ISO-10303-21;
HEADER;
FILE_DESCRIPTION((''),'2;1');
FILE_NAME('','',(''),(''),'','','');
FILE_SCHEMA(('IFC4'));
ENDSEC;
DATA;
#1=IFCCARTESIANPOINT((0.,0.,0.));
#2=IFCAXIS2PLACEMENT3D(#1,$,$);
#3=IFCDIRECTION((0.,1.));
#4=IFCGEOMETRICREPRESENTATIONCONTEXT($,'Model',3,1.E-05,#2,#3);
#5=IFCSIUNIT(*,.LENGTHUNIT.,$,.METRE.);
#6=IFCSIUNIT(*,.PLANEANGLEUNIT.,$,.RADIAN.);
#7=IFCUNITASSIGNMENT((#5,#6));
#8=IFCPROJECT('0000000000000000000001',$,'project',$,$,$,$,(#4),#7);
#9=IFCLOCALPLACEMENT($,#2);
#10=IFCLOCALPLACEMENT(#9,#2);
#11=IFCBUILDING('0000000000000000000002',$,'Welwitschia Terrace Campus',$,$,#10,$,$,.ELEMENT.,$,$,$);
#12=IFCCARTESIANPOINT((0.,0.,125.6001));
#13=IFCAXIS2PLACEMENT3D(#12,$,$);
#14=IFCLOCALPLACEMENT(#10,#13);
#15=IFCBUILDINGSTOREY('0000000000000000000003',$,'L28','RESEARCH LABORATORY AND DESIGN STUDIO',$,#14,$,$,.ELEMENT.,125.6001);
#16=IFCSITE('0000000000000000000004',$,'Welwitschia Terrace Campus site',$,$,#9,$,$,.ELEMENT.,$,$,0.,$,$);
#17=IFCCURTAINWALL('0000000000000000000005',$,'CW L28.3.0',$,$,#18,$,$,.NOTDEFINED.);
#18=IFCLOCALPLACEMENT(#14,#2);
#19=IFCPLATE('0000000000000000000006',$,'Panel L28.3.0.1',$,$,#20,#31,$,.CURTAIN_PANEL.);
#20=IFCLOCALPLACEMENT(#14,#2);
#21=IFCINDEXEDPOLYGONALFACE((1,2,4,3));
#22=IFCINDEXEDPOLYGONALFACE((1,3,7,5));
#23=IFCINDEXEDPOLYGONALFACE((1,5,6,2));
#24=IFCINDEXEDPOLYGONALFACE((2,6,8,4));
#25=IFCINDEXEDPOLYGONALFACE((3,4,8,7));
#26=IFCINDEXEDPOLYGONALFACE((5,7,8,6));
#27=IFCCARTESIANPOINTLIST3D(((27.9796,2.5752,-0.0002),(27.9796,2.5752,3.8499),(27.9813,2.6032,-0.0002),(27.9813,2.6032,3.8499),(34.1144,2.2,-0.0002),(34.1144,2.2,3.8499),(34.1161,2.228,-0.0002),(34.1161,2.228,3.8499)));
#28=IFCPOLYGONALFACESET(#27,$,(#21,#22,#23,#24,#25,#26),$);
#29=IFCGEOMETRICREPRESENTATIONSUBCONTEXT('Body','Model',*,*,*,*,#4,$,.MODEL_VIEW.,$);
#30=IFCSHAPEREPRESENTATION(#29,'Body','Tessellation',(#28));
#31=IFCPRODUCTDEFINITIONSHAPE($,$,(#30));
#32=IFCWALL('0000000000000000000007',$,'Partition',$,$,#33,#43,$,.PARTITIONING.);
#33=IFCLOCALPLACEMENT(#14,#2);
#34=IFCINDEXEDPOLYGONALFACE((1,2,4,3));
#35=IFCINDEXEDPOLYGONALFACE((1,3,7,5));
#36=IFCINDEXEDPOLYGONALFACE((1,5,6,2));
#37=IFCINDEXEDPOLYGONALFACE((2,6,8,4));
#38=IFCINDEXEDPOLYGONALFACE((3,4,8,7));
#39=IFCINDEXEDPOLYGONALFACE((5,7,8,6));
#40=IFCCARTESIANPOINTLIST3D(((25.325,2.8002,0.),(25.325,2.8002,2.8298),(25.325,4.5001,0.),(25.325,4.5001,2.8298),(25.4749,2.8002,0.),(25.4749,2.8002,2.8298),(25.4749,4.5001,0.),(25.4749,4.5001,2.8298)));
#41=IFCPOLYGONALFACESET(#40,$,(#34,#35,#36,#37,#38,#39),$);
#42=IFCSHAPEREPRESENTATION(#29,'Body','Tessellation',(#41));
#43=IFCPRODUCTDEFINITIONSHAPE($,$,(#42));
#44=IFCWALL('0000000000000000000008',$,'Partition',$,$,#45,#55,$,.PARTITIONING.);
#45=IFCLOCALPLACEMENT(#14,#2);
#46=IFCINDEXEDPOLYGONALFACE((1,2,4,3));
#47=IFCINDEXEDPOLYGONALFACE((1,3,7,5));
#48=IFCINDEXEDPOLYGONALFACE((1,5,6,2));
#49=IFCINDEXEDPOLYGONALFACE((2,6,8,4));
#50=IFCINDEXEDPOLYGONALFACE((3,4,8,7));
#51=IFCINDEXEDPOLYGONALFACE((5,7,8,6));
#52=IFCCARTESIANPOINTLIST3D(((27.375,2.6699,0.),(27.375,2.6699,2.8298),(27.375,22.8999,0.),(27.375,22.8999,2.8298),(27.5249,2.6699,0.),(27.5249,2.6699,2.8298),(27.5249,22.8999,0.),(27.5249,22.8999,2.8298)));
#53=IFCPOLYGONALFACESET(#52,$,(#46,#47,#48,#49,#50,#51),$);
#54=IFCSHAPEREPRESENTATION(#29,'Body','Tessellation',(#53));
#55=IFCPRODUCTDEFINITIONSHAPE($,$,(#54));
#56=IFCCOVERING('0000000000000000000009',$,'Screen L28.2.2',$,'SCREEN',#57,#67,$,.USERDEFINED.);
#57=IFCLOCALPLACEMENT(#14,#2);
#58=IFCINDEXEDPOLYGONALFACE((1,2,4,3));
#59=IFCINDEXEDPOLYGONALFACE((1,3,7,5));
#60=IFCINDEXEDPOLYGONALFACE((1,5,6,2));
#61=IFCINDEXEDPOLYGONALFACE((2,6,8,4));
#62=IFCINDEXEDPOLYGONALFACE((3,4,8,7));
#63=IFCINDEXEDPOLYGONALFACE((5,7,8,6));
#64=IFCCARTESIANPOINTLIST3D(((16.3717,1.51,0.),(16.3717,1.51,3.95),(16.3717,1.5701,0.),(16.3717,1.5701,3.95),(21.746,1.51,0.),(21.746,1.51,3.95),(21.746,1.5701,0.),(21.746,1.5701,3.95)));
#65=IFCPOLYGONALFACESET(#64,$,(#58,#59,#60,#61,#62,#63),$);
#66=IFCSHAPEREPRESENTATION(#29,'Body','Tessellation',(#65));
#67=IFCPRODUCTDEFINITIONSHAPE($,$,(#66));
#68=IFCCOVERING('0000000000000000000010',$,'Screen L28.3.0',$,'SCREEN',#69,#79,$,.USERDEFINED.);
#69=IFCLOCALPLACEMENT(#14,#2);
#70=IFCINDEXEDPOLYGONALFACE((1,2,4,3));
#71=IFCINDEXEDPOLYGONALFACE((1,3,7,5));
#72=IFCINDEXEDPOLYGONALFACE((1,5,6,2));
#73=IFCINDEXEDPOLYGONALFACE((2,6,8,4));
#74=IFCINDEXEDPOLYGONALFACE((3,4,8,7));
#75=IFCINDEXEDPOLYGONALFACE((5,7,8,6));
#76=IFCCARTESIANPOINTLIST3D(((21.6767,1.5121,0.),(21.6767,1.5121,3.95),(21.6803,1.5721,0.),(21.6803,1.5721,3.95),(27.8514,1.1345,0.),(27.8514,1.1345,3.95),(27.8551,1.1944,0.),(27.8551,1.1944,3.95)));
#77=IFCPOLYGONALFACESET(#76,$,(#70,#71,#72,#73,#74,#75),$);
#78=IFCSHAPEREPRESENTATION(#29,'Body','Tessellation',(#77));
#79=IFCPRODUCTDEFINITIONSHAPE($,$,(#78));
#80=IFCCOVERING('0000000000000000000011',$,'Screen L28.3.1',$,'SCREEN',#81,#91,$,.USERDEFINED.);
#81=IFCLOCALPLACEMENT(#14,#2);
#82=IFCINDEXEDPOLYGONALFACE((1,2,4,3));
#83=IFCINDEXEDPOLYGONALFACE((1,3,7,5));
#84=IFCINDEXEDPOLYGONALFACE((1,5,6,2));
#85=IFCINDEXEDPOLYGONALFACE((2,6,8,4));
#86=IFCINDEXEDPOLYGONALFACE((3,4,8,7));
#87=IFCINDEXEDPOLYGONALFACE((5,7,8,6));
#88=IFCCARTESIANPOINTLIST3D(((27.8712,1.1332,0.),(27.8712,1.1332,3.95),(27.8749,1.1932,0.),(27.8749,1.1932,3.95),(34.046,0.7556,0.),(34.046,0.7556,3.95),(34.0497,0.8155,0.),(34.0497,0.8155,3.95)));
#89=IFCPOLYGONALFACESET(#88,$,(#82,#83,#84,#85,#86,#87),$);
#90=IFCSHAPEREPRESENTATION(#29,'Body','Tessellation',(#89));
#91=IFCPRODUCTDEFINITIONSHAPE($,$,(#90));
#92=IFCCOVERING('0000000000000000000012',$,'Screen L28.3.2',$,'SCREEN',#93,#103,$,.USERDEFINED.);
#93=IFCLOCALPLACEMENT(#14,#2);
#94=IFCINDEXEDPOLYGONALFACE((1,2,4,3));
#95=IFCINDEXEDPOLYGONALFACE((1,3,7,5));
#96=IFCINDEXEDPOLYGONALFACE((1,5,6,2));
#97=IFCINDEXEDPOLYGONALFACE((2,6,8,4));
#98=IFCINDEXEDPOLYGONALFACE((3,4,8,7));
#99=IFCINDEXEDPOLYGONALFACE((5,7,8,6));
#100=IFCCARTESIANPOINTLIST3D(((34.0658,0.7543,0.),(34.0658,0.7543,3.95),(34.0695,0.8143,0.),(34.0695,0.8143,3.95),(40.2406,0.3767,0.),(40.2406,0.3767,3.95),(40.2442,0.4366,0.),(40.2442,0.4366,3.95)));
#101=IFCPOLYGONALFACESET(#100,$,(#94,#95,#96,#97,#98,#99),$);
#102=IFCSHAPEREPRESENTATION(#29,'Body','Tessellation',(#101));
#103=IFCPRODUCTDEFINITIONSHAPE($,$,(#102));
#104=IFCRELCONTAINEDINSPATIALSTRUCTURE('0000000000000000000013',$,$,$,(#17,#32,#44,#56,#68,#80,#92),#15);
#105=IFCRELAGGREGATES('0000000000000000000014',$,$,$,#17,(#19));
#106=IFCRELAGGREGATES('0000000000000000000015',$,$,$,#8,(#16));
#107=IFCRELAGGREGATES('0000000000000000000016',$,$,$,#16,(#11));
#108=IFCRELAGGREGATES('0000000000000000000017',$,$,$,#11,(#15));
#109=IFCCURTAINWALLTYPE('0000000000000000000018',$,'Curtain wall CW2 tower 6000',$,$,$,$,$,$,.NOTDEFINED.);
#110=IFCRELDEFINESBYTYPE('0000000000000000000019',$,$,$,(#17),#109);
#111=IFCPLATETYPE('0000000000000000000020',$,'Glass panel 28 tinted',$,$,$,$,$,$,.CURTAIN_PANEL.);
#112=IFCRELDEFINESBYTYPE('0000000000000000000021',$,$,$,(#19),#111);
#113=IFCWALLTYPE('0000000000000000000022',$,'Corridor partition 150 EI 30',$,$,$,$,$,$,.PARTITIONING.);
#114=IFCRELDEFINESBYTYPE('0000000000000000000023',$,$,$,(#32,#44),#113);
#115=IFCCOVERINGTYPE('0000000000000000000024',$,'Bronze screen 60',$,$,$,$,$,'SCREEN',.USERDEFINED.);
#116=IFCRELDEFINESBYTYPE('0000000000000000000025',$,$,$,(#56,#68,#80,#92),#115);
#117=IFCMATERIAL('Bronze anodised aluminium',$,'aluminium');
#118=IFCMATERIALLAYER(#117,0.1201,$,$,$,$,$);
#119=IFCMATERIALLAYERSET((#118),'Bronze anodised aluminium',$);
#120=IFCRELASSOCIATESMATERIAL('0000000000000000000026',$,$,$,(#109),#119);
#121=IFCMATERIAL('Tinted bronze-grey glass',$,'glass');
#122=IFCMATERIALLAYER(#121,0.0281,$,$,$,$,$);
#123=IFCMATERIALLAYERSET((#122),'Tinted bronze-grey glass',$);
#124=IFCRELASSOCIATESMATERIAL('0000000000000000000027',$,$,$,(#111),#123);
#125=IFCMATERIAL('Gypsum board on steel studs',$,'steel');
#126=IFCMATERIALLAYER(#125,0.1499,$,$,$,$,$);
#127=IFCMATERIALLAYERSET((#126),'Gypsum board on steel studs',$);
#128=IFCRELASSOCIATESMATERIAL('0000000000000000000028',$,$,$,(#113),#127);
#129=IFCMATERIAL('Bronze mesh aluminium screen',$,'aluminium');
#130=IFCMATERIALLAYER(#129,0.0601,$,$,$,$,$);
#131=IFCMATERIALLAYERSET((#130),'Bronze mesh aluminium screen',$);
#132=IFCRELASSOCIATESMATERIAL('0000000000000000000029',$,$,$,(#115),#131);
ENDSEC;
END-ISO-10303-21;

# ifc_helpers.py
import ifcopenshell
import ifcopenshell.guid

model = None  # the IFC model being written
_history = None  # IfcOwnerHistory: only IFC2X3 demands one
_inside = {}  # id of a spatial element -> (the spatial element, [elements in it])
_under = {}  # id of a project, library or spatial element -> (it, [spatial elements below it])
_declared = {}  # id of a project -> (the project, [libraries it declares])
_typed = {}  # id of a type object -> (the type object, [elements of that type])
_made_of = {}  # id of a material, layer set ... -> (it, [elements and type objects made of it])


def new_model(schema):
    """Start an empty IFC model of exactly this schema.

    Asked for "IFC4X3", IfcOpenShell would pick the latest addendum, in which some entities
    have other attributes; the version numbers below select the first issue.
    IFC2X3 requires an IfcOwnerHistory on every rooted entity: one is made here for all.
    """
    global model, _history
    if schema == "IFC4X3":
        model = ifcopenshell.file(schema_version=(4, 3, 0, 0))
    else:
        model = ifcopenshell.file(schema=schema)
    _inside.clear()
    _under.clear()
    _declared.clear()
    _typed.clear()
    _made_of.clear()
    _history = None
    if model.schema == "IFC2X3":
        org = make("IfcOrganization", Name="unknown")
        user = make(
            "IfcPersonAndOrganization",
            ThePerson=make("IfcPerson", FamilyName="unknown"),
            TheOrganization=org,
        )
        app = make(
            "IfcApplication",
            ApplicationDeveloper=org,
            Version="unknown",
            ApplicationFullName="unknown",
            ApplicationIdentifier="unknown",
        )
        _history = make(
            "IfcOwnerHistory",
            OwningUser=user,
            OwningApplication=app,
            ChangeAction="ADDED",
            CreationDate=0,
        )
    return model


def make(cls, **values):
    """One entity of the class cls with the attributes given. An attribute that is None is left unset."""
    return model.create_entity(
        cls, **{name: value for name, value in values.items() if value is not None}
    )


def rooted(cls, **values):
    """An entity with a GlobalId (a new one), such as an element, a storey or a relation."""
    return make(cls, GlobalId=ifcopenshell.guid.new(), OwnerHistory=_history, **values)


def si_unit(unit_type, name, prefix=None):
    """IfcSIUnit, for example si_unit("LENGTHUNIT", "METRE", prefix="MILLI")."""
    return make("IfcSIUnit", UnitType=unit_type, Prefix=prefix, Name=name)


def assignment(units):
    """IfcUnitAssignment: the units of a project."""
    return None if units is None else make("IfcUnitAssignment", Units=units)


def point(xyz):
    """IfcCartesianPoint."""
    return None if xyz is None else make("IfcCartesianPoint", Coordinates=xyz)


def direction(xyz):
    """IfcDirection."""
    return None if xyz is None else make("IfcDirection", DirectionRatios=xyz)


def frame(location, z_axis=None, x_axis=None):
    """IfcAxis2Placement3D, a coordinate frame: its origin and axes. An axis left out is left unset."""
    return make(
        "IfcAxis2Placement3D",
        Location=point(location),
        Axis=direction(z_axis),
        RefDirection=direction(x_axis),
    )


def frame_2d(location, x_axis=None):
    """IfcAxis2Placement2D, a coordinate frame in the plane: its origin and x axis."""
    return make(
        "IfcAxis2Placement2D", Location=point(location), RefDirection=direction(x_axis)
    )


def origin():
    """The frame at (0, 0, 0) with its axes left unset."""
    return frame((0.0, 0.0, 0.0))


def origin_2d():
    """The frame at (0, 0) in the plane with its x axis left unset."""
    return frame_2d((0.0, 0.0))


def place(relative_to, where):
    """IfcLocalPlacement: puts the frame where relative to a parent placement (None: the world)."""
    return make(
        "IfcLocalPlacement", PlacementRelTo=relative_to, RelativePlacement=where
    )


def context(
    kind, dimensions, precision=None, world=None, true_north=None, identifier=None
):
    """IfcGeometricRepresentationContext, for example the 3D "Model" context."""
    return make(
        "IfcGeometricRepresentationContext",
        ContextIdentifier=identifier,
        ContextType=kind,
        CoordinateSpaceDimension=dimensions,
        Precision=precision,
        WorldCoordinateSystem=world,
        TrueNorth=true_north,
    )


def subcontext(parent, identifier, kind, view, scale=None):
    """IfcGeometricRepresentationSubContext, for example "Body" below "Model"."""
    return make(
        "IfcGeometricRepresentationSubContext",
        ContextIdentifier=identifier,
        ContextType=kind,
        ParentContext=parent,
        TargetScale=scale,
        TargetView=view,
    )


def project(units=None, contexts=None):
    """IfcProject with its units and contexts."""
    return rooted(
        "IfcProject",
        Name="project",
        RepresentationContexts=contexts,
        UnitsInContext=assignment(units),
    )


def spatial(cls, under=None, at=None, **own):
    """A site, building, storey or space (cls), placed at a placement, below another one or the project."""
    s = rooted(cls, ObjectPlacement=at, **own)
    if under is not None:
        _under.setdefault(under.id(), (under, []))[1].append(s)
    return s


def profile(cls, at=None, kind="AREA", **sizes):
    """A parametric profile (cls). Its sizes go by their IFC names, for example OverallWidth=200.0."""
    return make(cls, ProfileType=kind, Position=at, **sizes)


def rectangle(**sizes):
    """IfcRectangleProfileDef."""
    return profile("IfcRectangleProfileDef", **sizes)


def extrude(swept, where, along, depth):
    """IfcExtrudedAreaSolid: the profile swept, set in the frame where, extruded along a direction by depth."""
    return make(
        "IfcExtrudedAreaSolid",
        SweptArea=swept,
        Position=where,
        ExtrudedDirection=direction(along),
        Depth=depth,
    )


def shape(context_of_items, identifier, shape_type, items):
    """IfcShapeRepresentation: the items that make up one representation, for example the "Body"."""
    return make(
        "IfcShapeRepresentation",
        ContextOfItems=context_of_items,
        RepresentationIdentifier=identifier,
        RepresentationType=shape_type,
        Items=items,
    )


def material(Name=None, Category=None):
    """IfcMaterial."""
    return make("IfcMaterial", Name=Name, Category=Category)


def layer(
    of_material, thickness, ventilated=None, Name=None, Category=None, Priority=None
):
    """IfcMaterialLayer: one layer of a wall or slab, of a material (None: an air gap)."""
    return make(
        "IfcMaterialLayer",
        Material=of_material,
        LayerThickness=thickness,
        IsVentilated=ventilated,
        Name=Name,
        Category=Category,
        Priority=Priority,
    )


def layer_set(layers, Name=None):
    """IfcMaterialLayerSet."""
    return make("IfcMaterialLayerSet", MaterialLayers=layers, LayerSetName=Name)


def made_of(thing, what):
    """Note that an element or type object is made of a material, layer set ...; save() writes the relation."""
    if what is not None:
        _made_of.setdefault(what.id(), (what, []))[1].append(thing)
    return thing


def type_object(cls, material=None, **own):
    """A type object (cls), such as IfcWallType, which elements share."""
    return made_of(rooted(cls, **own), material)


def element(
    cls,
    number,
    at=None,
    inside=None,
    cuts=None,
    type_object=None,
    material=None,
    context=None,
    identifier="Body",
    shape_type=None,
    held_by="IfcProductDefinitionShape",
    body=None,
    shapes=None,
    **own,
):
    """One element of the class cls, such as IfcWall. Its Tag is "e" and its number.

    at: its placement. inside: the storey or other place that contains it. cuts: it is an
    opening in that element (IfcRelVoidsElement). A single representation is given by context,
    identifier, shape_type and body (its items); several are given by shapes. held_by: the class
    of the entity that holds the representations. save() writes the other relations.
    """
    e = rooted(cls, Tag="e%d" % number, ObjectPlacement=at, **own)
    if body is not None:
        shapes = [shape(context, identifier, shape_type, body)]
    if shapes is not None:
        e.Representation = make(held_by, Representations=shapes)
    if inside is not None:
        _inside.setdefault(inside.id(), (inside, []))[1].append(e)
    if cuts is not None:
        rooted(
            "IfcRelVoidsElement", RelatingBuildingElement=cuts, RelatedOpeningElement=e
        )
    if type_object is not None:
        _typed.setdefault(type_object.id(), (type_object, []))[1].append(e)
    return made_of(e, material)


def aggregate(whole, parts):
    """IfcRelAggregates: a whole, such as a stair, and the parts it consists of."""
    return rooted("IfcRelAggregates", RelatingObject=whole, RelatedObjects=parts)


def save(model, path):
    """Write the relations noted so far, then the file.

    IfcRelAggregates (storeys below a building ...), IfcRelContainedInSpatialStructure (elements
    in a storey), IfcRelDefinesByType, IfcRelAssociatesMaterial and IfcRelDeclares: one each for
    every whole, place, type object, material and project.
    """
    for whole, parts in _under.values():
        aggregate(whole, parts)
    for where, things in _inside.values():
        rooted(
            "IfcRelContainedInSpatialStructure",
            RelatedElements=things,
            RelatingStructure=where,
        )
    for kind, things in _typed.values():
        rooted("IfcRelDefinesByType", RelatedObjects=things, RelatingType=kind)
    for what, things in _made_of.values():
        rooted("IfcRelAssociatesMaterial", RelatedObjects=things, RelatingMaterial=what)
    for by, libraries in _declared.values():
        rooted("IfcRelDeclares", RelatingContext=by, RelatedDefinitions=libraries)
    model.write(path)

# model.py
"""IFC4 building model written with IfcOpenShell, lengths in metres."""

from ifc_helpers import new_model, si_unit, direction, frame, frame_2d, origin, origin_2d, place, context, subcontext, project, spatial, rectangle, extrude, material, layer, layer_set, type_object, element, aggregate, save


model = new_model("IFC4")

# Units and contexts
model_context = context("Model", 3, precision=1e-05, world=origin(), true_north=direction((0.0, 1.0)))
body_context = subcontext(model_context, "Body", "Model", "MODEL_VIEW")
ifc_project = project(units=[si_unit("LENGTHUNIT", "METRE"), si_unit("PLANEANGLEUNIT", "RADIAN")], contexts=[model_context])

# Site, building, storey
site_placement = place(None, origin())
site = spatial("IfcSite", under=ifc_project, at=site_placement, Name="Welwitschia Terrace Campus site", CompositionType="ELEMENT", RefElevation=0.0)
building_placement = place(site_placement, origin())
building = spatial("IfcBuilding", under=site, at=building_placement, Name="Welwitschia Terrace Campus", CompositionType="ELEMENT")
storey_placement = place(building_placement, frame((0.0, 0.0, 125.6001)))
storey = spatial("IfcBuildingStorey", under=building, at=storey_placement, Name="L28", Description="RESEARCH LABORATORY AND DESIGN STUDIO", CompositionType="ELEMENT", Elevation=125.6001)

# Shared definitions
ifc_material_1 = material(Name="Bronze anodised aluminium", Category="aluminium")
ifc_layer_1 = layer(ifc_material_1, 0.1201)
ifc_layer_set_1 = layer_set([ifc_layer_1], Name="Bronze anodised aluminium")
curtain_wall_type = type_object("IfcCurtainWallType", Name="Curtain wall CW2 tower 6000", PredefinedType="NOTDEFINED", material=ifc_layer_set_1)

# Curtain wall
curtain_wall_1_placement = place(storey_placement, origin())
curtain_wall_1 = element("IfcCurtainWall", 1, at=curtain_wall_1_placement, inside=storey, type_object=curtain_wall_type, Name="CW L28.3.0", PredefinedType="NOTDEFINED")

# Plate
ifc_material_2 = material(Name="Tinted bronze-grey glass", Category="glass")
ifc_layer_2 = layer(ifc_material_2, 0.0281)
ifc_layer_set_2 = layer_set([ifc_layer_2], Name="Tinted bronze-grey glass")
plate_type = type_object("IfcPlateType", Name="Glass panel 28 tinted", PredefinedType="CURTAIN_PANEL", material=ifc_layer_set_2)
plate_1_placement = place(storey_placement, frame((31.0479, 2.4016, -0.0002), z_axis=(0.0, 0.0, 1.0), x_axis=(0.998135, -0.061049, 0.0)))
plate_1 = element("IfcPlate", 2, at=plate_1_placement, type_object=plate_type, Name="Panel L28.3.0.1", PredefinedType="CURTAIN_PANEL", context=body_context, shape_type="SweptSolid", body=[
    extrude(rectangle(XDim=6.1462, YDim=0.0281, at=origin_2d()), origin(), (0.0, 0.0, 1.0), 3.8501),
])
aggregate(curtain_wall_1, [plate_1])

# Walls
ifc_material_3 = material(Name="Gypsum board on steel studs", Category="steel")
ifc_layer_3 = layer(ifc_material_3, 0.1499)
ifc_layer_set_3 = layer_set([ifc_layer_3], Name="Gypsum board on steel studs")
wall_type = type_object("IfcWallType", Name="Corridor partition 150 EI 30", PredefinedType="PARTITIONING", material=ifc_layer_set_3)
wall_1_placement = place(storey_placement, frame((25.3999, 2.8, 0.0), z_axis=(0.0, 0.0, 1.0), x_axis=(0.0, 1.0, 0.0)))
element("IfcWall", 3, at=wall_1_placement, inside=storey, type_object=wall_type, Name="Partition", PredefinedType="PARTITIONING", context=body_context, shape_type="SweptSolid", body=[
    extrude(rectangle(XDim=1.7, YDim=0.1499, at=frame_2d((0.8501, 0.0))), origin(), (0.0, 0.0, 1.0), 2.8298),
])
wall_2_placement = place(storey_placement, frame((27.45, 2.6699, 0.0), z_axis=(0.0, 0.0, 1.0), x_axis=(0.0, 1.0, 0.0)))
element("IfcWall", 4, at=wall_2_placement, inside=storey, type_object=wall_type, Name="Partition", PredefinedType="PARTITIONING", context=body_context, shape_type="SweptSolid", body=[
    extrude(rectangle(XDim=20.23, YDim=0.1499, at=frame_2d((10.115, 0.0))), origin(), (0.0, 0.0, 1.0), 2.8298),
])

# Coverings
ifc_material_4 = material(Name="Bronze mesh aluminium screen", Category="aluminium")
ifc_layer_4 = layer(ifc_material_4, 0.0601)
ifc_layer_set_4 = layer_set([ifc_layer_4], Name="Bronze mesh aluminium screen")
covering_type = type_object("IfcCoveringType", Name="Bronze screen 60", ElementType="SCREEN", PredefinedType="USERDEFINED", material=ifc_layer_set_4)
covering_placement = place(storey_placement, frame((19.0588, 1.54, 0.0), z_axis=(0.0, 0.0, 1.0), x_axis=(1.0, 0.0, 0.0)))
element("IfcCovering", 5, at=covering_placement, inside=storey, type_object=covering_type, Name="Screen L28.2.2", ObjectType="SCREEN", PredefinedType="USERDEFINED", context=body_context, shape_type="SweptSolid", body=[
    extrude(rectangle(XDim=5.3743, YDim=0.0601, at=origin_2d()), origin(), (0.0, 0.0, 1.0), 3.95),
])
for number, where, z_axis, x_axis, name in (
    (6, (24.7659, 1.3533, 0.0), (0.0, 0.0, 1.0), (0.998135, -0.061049, 0.0), "Screen L28.3.0"),
    (7, (30.9604, 0.9744, 0.0), (0.0, 0.0, 1.0), (0.998135, -0.061049, 0.0), "Screen L28.3.1"),
    (8, (37.155, 0.5955, 0.0), (0.0, 0.0, 1.0), (0.998135, -0.061049, 0.0), "Screen L28.3.2"),
):
    element("IfcCovering", number, at=place(storey_placement, frame(where, z_axis=z_axis, x_axis=x_axis)), inside=storey, type_object=covering_type, Name=name, ObjectType="SCREEN", PredefinedType="USERDEFINED", context=body_context, shape_type="SweptSolid", body=[
        extrude(rectangle(XDim=6.1863, YDim=0.0601, at=origin_2d()), origin(), (0.0, 0.0, 1.0), 3.95),
    ])

save(model, "model.ifc")
